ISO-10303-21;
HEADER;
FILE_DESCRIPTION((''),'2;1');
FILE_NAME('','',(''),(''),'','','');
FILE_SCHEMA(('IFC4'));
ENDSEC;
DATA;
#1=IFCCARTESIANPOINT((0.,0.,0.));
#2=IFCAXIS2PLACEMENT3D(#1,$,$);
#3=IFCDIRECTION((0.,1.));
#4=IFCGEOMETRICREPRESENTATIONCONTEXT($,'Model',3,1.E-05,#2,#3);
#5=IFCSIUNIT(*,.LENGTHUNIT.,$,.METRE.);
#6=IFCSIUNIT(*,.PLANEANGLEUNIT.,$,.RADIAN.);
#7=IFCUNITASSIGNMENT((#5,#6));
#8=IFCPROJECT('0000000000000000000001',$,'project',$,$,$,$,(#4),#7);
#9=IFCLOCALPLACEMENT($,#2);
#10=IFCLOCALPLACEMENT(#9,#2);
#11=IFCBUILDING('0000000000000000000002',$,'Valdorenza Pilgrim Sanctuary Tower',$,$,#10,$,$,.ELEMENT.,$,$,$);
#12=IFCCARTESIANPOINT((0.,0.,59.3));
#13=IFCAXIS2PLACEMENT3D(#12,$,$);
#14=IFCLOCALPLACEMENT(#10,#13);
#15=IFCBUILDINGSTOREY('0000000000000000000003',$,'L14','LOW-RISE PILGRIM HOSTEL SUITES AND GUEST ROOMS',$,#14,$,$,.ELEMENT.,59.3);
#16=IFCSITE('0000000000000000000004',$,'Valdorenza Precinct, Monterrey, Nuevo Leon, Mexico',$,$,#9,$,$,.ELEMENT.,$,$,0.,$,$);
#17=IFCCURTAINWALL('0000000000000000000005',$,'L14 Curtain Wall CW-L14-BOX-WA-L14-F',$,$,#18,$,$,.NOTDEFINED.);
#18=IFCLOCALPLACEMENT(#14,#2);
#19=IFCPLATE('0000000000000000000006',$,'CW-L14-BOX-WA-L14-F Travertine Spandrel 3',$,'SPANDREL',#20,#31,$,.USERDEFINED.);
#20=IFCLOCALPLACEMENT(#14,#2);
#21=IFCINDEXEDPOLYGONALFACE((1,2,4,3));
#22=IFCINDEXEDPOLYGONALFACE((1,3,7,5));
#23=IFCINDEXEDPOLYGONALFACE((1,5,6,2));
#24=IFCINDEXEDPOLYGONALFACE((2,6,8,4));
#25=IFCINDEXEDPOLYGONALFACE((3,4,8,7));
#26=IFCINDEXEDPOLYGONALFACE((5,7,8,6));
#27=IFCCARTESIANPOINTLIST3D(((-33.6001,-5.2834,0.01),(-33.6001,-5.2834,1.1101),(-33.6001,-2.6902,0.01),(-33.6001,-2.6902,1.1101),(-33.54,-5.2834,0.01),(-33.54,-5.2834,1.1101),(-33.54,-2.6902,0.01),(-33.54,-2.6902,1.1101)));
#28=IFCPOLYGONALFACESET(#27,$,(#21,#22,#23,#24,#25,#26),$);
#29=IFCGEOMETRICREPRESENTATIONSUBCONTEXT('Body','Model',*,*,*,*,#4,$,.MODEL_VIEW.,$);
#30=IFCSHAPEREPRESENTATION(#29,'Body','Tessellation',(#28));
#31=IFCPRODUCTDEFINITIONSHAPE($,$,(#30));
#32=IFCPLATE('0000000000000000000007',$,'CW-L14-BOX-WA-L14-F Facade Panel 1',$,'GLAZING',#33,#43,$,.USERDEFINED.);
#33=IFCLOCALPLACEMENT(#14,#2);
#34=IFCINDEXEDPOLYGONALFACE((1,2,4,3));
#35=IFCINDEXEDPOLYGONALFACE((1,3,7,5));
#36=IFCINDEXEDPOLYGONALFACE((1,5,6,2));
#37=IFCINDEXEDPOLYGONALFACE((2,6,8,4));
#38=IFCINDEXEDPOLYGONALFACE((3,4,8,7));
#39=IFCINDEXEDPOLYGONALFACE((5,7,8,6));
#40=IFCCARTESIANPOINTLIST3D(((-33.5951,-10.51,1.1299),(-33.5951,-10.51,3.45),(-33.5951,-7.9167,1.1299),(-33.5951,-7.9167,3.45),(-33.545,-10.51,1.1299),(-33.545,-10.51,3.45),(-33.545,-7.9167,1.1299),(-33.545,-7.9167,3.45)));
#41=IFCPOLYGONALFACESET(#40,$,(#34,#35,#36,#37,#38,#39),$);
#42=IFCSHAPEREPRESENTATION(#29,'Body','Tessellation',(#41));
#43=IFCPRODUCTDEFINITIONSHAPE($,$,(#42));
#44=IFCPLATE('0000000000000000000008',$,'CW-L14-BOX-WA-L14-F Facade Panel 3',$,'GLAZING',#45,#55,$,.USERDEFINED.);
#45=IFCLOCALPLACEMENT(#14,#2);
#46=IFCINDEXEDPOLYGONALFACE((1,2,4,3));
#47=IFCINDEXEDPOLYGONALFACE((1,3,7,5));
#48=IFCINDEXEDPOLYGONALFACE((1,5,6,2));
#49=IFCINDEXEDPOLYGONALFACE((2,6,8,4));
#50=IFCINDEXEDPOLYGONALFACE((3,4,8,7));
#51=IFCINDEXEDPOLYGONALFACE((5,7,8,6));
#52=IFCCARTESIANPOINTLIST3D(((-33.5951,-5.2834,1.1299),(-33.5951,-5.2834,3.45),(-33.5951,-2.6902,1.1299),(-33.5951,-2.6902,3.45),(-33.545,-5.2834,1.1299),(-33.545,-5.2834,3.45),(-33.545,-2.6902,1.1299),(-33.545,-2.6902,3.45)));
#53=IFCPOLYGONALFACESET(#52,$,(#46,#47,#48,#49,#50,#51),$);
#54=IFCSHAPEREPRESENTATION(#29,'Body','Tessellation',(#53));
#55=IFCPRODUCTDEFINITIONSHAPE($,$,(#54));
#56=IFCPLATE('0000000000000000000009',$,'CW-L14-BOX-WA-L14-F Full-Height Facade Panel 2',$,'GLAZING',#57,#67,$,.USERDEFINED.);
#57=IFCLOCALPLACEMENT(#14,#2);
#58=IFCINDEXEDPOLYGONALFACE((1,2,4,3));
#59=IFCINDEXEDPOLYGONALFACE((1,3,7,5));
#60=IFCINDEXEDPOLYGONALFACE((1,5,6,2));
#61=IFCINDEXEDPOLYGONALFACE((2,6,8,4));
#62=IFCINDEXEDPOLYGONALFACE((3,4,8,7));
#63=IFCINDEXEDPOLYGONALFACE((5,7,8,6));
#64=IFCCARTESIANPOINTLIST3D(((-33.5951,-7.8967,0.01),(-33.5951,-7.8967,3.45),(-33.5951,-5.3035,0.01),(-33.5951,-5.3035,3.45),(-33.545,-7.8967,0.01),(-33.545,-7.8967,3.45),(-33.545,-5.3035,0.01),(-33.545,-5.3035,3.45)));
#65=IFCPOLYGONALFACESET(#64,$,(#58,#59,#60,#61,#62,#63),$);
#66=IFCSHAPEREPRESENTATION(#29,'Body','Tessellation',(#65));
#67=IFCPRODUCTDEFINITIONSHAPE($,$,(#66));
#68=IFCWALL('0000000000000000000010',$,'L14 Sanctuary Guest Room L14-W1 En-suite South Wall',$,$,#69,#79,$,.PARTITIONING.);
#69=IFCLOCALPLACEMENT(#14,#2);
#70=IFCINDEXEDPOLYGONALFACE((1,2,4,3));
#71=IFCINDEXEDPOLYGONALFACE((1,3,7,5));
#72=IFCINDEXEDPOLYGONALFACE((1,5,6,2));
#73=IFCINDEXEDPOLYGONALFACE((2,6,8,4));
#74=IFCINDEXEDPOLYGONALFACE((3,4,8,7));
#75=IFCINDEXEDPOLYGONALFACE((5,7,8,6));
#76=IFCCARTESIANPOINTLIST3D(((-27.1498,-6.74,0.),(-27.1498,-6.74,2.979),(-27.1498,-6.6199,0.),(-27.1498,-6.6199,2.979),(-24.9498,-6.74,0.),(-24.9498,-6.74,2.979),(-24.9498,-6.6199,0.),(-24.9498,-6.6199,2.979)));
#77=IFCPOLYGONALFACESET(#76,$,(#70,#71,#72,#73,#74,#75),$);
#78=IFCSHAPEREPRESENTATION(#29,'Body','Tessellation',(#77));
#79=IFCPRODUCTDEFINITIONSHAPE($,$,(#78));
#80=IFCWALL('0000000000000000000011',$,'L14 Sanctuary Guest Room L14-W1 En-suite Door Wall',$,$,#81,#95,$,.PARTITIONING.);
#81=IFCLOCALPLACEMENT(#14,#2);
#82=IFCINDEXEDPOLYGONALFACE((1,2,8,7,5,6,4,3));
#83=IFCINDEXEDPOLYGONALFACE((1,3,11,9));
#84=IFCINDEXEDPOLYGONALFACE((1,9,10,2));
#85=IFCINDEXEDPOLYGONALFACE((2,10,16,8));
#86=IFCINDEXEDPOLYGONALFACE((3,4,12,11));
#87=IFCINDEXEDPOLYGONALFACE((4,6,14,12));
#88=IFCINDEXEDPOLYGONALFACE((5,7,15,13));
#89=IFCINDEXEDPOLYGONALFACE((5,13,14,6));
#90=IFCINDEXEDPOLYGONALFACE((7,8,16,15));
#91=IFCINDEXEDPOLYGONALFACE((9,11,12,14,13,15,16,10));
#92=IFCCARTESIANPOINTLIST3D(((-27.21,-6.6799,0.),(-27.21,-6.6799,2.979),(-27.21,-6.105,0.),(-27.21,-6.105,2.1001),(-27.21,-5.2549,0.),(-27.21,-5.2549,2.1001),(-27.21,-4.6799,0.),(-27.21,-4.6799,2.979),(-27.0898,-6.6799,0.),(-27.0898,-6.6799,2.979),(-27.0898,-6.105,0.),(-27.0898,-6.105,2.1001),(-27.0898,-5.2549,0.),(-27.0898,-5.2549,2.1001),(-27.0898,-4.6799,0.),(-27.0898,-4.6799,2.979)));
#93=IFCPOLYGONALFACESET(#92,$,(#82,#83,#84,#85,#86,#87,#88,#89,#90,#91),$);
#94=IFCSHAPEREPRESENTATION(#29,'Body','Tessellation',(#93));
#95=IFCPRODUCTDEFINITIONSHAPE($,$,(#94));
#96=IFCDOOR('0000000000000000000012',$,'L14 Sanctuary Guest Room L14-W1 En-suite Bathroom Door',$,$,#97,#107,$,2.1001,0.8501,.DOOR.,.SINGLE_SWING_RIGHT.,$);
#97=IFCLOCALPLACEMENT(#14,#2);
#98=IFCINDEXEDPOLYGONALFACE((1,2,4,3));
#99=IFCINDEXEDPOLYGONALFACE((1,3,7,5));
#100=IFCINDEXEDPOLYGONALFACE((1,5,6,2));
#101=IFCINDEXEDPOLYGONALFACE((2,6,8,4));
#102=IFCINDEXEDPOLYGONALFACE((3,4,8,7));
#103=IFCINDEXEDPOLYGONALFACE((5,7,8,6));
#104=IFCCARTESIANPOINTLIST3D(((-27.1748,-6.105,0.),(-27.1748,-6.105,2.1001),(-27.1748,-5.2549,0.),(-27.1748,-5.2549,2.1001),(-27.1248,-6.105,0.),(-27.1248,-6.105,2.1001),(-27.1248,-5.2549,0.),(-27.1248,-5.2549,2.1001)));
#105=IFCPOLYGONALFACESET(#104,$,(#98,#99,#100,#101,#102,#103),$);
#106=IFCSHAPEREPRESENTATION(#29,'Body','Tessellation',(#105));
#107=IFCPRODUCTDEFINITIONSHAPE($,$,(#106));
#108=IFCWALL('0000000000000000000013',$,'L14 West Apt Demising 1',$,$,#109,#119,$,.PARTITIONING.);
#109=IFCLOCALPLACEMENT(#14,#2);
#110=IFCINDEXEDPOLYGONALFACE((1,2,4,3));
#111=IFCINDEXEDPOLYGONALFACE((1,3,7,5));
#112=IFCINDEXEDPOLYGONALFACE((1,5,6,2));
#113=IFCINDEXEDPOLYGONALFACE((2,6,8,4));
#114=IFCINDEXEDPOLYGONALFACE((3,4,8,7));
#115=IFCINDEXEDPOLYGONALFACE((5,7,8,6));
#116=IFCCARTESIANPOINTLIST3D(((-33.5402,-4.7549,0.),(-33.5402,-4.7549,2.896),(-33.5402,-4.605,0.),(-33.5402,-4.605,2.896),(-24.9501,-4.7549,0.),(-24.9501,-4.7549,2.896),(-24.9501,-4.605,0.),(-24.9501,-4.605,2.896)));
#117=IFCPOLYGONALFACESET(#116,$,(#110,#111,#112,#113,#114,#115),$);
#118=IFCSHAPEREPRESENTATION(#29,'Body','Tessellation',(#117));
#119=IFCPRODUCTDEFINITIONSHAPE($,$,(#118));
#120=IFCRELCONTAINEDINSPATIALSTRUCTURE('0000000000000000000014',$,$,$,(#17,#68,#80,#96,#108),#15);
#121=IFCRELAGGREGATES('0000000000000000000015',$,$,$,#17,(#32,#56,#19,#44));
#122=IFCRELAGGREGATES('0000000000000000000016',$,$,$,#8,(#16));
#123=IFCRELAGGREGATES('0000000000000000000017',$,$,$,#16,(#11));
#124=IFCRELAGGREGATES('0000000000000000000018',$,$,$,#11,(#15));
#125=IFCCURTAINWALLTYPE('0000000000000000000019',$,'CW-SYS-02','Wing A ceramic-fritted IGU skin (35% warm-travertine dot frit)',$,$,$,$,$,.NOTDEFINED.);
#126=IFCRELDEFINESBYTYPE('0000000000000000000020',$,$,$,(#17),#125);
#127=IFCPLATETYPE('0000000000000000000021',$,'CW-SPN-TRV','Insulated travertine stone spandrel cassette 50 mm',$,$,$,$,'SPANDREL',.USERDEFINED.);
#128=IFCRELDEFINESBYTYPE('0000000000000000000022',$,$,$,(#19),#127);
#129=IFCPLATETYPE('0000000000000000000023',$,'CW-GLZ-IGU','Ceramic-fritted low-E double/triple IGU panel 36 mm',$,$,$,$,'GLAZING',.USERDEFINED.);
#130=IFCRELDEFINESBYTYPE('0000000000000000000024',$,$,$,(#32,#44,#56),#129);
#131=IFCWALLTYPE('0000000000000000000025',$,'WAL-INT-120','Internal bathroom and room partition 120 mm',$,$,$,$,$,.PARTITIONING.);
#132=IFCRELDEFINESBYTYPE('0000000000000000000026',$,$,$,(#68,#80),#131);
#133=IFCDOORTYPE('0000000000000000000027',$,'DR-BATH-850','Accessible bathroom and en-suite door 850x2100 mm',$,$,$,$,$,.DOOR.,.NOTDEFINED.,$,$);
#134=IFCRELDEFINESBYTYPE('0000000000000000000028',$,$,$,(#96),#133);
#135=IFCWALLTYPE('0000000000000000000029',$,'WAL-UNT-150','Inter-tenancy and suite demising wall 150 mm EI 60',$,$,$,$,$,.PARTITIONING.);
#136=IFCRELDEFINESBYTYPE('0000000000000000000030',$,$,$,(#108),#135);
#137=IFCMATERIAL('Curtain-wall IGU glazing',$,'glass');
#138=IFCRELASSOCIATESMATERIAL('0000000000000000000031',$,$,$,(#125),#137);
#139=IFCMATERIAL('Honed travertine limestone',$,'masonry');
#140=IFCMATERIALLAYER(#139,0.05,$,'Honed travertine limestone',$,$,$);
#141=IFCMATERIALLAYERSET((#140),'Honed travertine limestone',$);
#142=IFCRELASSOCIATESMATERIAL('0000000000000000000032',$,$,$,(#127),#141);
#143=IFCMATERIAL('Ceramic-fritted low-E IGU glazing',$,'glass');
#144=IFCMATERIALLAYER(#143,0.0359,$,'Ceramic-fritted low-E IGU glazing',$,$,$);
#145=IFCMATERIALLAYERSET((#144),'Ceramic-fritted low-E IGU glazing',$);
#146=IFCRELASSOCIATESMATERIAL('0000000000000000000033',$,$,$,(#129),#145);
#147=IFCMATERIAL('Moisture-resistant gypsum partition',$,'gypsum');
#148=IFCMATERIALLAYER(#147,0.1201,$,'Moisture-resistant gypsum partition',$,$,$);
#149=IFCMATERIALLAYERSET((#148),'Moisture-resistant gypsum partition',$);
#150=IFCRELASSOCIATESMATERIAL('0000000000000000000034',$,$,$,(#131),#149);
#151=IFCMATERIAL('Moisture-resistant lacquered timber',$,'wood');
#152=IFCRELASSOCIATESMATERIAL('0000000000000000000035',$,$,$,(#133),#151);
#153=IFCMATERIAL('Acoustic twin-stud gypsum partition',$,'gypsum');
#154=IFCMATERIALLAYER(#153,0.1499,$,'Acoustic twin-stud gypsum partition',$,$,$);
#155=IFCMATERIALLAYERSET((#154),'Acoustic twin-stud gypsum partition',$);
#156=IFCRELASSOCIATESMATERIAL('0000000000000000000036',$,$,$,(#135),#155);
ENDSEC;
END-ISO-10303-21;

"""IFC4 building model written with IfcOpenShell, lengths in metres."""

from ifc_helpers import new_model, si_unit, direction, frame, frame_2d, origin, origin_2d, place, context, subcontext, project, spatial, rectangle, extrude, source, transform, mapped, material, layer, layer_set, type_object, element, fill, aggregate, save


model = new_model("IFC4")

# Units and contexts
model_context = context("Model", 3, precision=1e-05, world=origin(), true_north=direction((0.0, 1.0)))
body_context = subcontext(model_context, "Body", "Model", "MODEL_VIEW")
ifc_project = project(units=[si_unit("LENGTHUNIT", "METRE"), si_unit("PLANEANGLEUNIT", "RADIAN")], contexts=[model_context])

# Site, building, storey
site_placement = place(None, origin())
site = spatial("IfcSite", under=ifc_project, at=site_placement, Name="Valdorenza Precinct, Monterrey, Nuevo Leon, Mexico", CompositionType="ELEMENT", RefElevation=0.0)
building_placement = place(site_placement, origin())
building = spatial("IfcBuilding", under=site, at=building_placement, Name="Valdorenza Pilgrim Sanctuary Tower", CompositionType="ELEMENT")
storey_placement = place(building_placement, frame((0.0, 0.0, 59.3)))
storey = spatial("IfcBuildingStorey", under=building, at=storey_placement, Name="L14", Description="LOW-RISE PILGRIM HOSTEL SUITES AND GUEST ROOMS", CompositionType="ELEMENT", Elevation=59.3)

# Shared definitions
ifc_material_1 = material(Name="Curtain-wall IGU glazing", Category="glass")
curtain_wall_type = type_object("IfcCurtainWallType", Name="CW-SYS-02", Description="Wing A ceramic-fritted IGU skin (35% warm-travertine dot frit)", PredefinedType="NOTDEFINED", material=ifc_material_1)

# Curtain wall
curtain_wall_1_placement = place(storey_placement, origin())
curtain_wall_1 = element("IfcCurtainWall", 1, at=curtain_wall_1_placement, inside=storey, type_object=curtain_wall_type, Name="L14 Curtain Wall CW-L14-BOX-WA-L14-F", PredefinedType="NOTDEFINED")

# Plates
ifc_material_2 = material(Name="Honed travertine limestone", Category="masonry")
ifc_layer_1 = layer(ifc_material_2, 0.05, Name="Honed travertine limestone")
ifc_layer_set_1 = layer_set([ifc_layer_1], Name="Honed travertine limestone")
plate_type_1 = type_object("IfcPlateType", Name="CW-SPN-TRV", Description="Insulated travertine stone spandrel cassette 50 mm", ElementType="SPANDREL", PredefinedType="USERDEFINED", material=ifc_layer_set_1)
ifc_material_3 = material(Name="Ceramic-fritted low-E IGU glazing", Category="glass")
ifc_layer_2 = layer(ifc_material_3, 0.0359, Name="Ceramic-fritted low-E IGU glazing")
ifc_layer_set_2 = layer_set([ifc_layer_2], Name="Ceramic-fritted low-E IGU glazing")
plate_type_2 = type_object("IfcPlateType", Name="CW-GLZ-IGU", Description="Ceramic-fritted low-E double/triple IGU panel 36 mm", ElementType="GLAZING", PredefinedType="USERDEFINED", material=ifc_layer_set_2)
shared_shape_1 = source(origin(), body_context, "Body", "SweptSolid", [
    extrude(rectangle(XDim=2.5933, YDim=0.0601, at=origin_2d()), origin(), (0.0, 0.0, 1.0), 1.1001),
])
plate_1_placement = place(storey_placement, frame((-33.5701, -3.9868, 0.01), z_axis=(0.0, 0.0, 1.0), x_axis=(0.0, 1.0, 0.0)))
plate_1 = element("IfcPlate", 2, at=plate_1_placement, type_object=plate_type_1, Name="CW-L14-BOX-WA-L14-F Travertine Spandrel 3", ObjectType="SPANDREL", PredefinedType="USERDEFINED", context=body_context, shape_type="MappedRepresentation", body=[
    mapped(shared_shape_1, transform((0.0, 0.0, 0.0), x_axis=(1.0, 0.0, 0.0), y_axis=(0.0, 1.0, 0.0), z_axis=(0.0, 0.0, 1.0), scale=1.0)),
])
shared_shape_2 = source(origin(), body_context, "Body", "SweptSolid", [
    extrude(rectangle(XDim=2.5933, YDim=0.05, at=origin_2d()), origin(), (0.0, 0.0, 1.0), 2.3201),
])
plate_2_placement = place(storey_placement, frame((-33.5701, -9.2134, 1.1299), z_axis=(0.0, 0.0, 1.0), x_axis=(0.0, 1.0, 0.0)))
plate_2 = element("IfcPlate", 3, at=plate_2_placement, type_object=plate_type_2, Name="CW-L14-BOX-WA-L14-F Facade Panel 1", ObjectType="GLAZING", PredefinedType="USERDEFINED", context=body_context, shape_type="MappedRepresentation", body=[
    mapped(shared_shape_2, transform((0.0, 0.0, 0.0), x_axis=(1.0, 0.0, 0.0), y_axis=(0.0, 1.0, 0.0), z_axis=(0.0, 0.0, 1.0), scale=1.0)),
])
plate_3_placement = place(storey_placement, frame((-33.5701, -3.9868, 1.1299), z_axis=(0.0, 0.0, 1.0), x_axis=(0.0, 1.0, 0.0)))
plate_3 = element("IfcPlate", 4, at=plate_3_placement, type_object=plate_type_2, Name="CW-L14-BOX-WA-L14-F Facade Panel 3", ObjectType="GLAZING", PredefinedType="USERDEFINED", context=body_context, shape_type="MappedRepresentation", body=[
    mapped(shared_shape_2, transform((0.0, 0.0, 0.0), x_axis=(1.0, 0.0, 0.0), y_axis=(0.0, 1.0, 0.0), z_axis=(0.0, 0.0, 1.0), scale=1.0)),
])
shared_shape_3 = source(origin(), body_context, "Body", "SweptSolid", [
    extrude(rectangle(XDim=2.5933, YDim=0.05, at=origin_2d()), origin(), (0.0, 0.0, 1.0), 3.4399),
])
plate_4_placement = place(storey_placement, frame((-33.5701, -6.6001, 0.01), z_axis=(0.0, 0.0, 1.0), x_axis=(0.0, 1.0, 0.0)))
plate_4 = element("IfcPlate", 5, at=plate_4_placement, type_object=plate_type_2, Name="CW-L14-BOX-WA-L14-F Full-Height Facade Panel 2", ObjectType="GLAZING", PredefinedType="USERDEFINED", context=body_context, shape_type="MappedRepresentation", body=[
    mapped(shared_shape_3, transform((0.0, 0.0, 0.0), x_axis=(1.0, 0.0, 0.0), y_axis=(0.0, 1.0, 0.0), z_axis=(0.0, 0.0, 1.0), scale=1.0)),
])
aggregate(curtain_wall_1, [plate_2, plate_4, plate_1, plate_3])

# Wall
ifc_material_4 = material(Name="Moisture-resistant gypsum partition", Category="gypsum")
ifc_layer_3 = layer(ifc_material_4, 0.1201, Name="Moisture-resistant gypsum partition")
ifc_layer_set_3 = layer_set([ifc_layer_3], Name="Moisture-resistant gypsum partition")
wall_type_1 = type_object("IfcWallType", Name="WAL-INT-120", Description="Internal bathroom and room partition 120 mm", PredefinedType="PARTITIONING", material=ifc_layer_set_3)
wall_1_placement = place(storey_placement, frame((-27.1499, -6.6799, 0.0), z_axis=(0.0, 0.0, 1.0), x_axis=(1.0, 0.0, 0.0)))
element("IfcWall", 6, at=wall_1_placement, inside=storey, type_object=wall_type_1, Name="L14 Sanctuary Guest Room L14-W1 En-suite South Wall", PredefinedType="PARTITIONING", context=body_context, shape_type="SweptSolid", body=[
    extrude(rectangle(XDim=2.2, YDim=0.1201, at=frame_2d((1.1001, 0.0))), origin(), (0.0, 0.0, 1.0), 2.979),
])

# Wall, opening, door
wall_2_placement = place(storey_placement, frame((-27.1499, -6.6799, 0.0), z_axis=(0.0, 0.0, 1.0), x_axis=(0.0, 1.0, 0.0)))
wall_2 = element("IfcWall", 7, at=wall_2_placement, inside=storey, type_object=wall_type_1, Name="L14 Sanctuary Guest Room L14-W1 En-suite Door Wall", PredefinedType="PARTITIONING", context=body_context, shape_type="SweptSolid", body=[
    extrude(rectangle(XDim=2.0, YDim=0.1201, at=frame_2d((1.0, 0.0))), origin(), (0.0, 0.0, 1.0), 2.979),
])
opening_placement = place(wall_2_placement, frame((0.575, 0.0, 0.0)))
opening = element("IfcOpeningElement", 8, at=opening_placement, cuts=wall_2, PredefinedType="OPENING", context=body_context, shape_type="SweptSolid", body=[
    extrude(rectangle(XDim=0.8501, YDim=2.1001, at=frame_2d((0.425, 1.05))), frame((0.0, 0.075, 0.0), z_axis=(0.0, -1.0, 0.0), x_axis=(1.0, 0.0, 0.0)), (0.0, 0.0, 1.0), 0.1499),
])
ifc_material_5 = material(Name="Moisture-resistant lacquered timber", Category="wood")
door_type = type_object("IfcDoorType", Name="DR-BATH-850", Description="Accessible bathroom and en-suite door 850x2100 mm", OperationType="NOTDEFINED", PredefinedType="DOOR", material=ifc_material_5)
door_placement = place(opening_placement, origin())
door = element("IfcDoor", 9, at=door_placement, inside=storey, type_object=door_type, Name="L14 Sanctuary Guest Room L14-W1 En-suite Bathroom Door", OperationType="SINGLE_SWING_RIGHT", OverallHeight=2.1001, OverallWidth=0.8501, PredefinedType="DOOR", context=body_context, shape_type="SweptSolid", body=[
    extrude(rectangle(XDim=0.8501, YDim=2.1001, at=frame_2d((0.425, 1.05))), frame((0.0, 0.0249, 0.0), z_axis=(0.0, -1.0, 0.0), x_axis=(1.0, 0.0, 0.0)), (0.0, 0.0, 1.0), 0.05),
])
fill(opening, door)

# Wall
ifc_material_6 = material(Name="Acoustic twin-stud gypsum partition", Category="gypsum")
ifc_layer_4 = layer(ifc_material_6, 0.1499, Name="Acoustic twin-stud gypsum partition")
ifc_layer_set_4 = layer_set([ifc_layer_4], Name="Acoustic twin-stud gypsum partition")
wall_type_2 = type_object("IfcWallType", Name="WAL-UNT-150", Description="Inter-tenancy and suite demising wall 150 mm EI 60", PredefinedType="PARTITIONING", material=ifc_layer_set_4)
wall_3_placement = place(storey_placement, frame((-33.54, -4.6799, 0.0), z_axis=(0.0, 0.0, 1.0), x_axis=(1.0, 0.0, 0.0)))
element("IfcWall", 10, at=wall_3_placement, inside=storey, type_object=wall_type_2, Name="L14 West Apt Demising 1", PredefinedType="PARTITIONING", context=body_context, shape_type="SweptSolid", body=[
    extrude(rectangle(XDim=8.5901, YDim=0.1499, at=frame_2d((4.2949, 0.0))), origin(), (0.0, 0.0, 1.0), 2.896),
])

save(model, "model.ifc")
